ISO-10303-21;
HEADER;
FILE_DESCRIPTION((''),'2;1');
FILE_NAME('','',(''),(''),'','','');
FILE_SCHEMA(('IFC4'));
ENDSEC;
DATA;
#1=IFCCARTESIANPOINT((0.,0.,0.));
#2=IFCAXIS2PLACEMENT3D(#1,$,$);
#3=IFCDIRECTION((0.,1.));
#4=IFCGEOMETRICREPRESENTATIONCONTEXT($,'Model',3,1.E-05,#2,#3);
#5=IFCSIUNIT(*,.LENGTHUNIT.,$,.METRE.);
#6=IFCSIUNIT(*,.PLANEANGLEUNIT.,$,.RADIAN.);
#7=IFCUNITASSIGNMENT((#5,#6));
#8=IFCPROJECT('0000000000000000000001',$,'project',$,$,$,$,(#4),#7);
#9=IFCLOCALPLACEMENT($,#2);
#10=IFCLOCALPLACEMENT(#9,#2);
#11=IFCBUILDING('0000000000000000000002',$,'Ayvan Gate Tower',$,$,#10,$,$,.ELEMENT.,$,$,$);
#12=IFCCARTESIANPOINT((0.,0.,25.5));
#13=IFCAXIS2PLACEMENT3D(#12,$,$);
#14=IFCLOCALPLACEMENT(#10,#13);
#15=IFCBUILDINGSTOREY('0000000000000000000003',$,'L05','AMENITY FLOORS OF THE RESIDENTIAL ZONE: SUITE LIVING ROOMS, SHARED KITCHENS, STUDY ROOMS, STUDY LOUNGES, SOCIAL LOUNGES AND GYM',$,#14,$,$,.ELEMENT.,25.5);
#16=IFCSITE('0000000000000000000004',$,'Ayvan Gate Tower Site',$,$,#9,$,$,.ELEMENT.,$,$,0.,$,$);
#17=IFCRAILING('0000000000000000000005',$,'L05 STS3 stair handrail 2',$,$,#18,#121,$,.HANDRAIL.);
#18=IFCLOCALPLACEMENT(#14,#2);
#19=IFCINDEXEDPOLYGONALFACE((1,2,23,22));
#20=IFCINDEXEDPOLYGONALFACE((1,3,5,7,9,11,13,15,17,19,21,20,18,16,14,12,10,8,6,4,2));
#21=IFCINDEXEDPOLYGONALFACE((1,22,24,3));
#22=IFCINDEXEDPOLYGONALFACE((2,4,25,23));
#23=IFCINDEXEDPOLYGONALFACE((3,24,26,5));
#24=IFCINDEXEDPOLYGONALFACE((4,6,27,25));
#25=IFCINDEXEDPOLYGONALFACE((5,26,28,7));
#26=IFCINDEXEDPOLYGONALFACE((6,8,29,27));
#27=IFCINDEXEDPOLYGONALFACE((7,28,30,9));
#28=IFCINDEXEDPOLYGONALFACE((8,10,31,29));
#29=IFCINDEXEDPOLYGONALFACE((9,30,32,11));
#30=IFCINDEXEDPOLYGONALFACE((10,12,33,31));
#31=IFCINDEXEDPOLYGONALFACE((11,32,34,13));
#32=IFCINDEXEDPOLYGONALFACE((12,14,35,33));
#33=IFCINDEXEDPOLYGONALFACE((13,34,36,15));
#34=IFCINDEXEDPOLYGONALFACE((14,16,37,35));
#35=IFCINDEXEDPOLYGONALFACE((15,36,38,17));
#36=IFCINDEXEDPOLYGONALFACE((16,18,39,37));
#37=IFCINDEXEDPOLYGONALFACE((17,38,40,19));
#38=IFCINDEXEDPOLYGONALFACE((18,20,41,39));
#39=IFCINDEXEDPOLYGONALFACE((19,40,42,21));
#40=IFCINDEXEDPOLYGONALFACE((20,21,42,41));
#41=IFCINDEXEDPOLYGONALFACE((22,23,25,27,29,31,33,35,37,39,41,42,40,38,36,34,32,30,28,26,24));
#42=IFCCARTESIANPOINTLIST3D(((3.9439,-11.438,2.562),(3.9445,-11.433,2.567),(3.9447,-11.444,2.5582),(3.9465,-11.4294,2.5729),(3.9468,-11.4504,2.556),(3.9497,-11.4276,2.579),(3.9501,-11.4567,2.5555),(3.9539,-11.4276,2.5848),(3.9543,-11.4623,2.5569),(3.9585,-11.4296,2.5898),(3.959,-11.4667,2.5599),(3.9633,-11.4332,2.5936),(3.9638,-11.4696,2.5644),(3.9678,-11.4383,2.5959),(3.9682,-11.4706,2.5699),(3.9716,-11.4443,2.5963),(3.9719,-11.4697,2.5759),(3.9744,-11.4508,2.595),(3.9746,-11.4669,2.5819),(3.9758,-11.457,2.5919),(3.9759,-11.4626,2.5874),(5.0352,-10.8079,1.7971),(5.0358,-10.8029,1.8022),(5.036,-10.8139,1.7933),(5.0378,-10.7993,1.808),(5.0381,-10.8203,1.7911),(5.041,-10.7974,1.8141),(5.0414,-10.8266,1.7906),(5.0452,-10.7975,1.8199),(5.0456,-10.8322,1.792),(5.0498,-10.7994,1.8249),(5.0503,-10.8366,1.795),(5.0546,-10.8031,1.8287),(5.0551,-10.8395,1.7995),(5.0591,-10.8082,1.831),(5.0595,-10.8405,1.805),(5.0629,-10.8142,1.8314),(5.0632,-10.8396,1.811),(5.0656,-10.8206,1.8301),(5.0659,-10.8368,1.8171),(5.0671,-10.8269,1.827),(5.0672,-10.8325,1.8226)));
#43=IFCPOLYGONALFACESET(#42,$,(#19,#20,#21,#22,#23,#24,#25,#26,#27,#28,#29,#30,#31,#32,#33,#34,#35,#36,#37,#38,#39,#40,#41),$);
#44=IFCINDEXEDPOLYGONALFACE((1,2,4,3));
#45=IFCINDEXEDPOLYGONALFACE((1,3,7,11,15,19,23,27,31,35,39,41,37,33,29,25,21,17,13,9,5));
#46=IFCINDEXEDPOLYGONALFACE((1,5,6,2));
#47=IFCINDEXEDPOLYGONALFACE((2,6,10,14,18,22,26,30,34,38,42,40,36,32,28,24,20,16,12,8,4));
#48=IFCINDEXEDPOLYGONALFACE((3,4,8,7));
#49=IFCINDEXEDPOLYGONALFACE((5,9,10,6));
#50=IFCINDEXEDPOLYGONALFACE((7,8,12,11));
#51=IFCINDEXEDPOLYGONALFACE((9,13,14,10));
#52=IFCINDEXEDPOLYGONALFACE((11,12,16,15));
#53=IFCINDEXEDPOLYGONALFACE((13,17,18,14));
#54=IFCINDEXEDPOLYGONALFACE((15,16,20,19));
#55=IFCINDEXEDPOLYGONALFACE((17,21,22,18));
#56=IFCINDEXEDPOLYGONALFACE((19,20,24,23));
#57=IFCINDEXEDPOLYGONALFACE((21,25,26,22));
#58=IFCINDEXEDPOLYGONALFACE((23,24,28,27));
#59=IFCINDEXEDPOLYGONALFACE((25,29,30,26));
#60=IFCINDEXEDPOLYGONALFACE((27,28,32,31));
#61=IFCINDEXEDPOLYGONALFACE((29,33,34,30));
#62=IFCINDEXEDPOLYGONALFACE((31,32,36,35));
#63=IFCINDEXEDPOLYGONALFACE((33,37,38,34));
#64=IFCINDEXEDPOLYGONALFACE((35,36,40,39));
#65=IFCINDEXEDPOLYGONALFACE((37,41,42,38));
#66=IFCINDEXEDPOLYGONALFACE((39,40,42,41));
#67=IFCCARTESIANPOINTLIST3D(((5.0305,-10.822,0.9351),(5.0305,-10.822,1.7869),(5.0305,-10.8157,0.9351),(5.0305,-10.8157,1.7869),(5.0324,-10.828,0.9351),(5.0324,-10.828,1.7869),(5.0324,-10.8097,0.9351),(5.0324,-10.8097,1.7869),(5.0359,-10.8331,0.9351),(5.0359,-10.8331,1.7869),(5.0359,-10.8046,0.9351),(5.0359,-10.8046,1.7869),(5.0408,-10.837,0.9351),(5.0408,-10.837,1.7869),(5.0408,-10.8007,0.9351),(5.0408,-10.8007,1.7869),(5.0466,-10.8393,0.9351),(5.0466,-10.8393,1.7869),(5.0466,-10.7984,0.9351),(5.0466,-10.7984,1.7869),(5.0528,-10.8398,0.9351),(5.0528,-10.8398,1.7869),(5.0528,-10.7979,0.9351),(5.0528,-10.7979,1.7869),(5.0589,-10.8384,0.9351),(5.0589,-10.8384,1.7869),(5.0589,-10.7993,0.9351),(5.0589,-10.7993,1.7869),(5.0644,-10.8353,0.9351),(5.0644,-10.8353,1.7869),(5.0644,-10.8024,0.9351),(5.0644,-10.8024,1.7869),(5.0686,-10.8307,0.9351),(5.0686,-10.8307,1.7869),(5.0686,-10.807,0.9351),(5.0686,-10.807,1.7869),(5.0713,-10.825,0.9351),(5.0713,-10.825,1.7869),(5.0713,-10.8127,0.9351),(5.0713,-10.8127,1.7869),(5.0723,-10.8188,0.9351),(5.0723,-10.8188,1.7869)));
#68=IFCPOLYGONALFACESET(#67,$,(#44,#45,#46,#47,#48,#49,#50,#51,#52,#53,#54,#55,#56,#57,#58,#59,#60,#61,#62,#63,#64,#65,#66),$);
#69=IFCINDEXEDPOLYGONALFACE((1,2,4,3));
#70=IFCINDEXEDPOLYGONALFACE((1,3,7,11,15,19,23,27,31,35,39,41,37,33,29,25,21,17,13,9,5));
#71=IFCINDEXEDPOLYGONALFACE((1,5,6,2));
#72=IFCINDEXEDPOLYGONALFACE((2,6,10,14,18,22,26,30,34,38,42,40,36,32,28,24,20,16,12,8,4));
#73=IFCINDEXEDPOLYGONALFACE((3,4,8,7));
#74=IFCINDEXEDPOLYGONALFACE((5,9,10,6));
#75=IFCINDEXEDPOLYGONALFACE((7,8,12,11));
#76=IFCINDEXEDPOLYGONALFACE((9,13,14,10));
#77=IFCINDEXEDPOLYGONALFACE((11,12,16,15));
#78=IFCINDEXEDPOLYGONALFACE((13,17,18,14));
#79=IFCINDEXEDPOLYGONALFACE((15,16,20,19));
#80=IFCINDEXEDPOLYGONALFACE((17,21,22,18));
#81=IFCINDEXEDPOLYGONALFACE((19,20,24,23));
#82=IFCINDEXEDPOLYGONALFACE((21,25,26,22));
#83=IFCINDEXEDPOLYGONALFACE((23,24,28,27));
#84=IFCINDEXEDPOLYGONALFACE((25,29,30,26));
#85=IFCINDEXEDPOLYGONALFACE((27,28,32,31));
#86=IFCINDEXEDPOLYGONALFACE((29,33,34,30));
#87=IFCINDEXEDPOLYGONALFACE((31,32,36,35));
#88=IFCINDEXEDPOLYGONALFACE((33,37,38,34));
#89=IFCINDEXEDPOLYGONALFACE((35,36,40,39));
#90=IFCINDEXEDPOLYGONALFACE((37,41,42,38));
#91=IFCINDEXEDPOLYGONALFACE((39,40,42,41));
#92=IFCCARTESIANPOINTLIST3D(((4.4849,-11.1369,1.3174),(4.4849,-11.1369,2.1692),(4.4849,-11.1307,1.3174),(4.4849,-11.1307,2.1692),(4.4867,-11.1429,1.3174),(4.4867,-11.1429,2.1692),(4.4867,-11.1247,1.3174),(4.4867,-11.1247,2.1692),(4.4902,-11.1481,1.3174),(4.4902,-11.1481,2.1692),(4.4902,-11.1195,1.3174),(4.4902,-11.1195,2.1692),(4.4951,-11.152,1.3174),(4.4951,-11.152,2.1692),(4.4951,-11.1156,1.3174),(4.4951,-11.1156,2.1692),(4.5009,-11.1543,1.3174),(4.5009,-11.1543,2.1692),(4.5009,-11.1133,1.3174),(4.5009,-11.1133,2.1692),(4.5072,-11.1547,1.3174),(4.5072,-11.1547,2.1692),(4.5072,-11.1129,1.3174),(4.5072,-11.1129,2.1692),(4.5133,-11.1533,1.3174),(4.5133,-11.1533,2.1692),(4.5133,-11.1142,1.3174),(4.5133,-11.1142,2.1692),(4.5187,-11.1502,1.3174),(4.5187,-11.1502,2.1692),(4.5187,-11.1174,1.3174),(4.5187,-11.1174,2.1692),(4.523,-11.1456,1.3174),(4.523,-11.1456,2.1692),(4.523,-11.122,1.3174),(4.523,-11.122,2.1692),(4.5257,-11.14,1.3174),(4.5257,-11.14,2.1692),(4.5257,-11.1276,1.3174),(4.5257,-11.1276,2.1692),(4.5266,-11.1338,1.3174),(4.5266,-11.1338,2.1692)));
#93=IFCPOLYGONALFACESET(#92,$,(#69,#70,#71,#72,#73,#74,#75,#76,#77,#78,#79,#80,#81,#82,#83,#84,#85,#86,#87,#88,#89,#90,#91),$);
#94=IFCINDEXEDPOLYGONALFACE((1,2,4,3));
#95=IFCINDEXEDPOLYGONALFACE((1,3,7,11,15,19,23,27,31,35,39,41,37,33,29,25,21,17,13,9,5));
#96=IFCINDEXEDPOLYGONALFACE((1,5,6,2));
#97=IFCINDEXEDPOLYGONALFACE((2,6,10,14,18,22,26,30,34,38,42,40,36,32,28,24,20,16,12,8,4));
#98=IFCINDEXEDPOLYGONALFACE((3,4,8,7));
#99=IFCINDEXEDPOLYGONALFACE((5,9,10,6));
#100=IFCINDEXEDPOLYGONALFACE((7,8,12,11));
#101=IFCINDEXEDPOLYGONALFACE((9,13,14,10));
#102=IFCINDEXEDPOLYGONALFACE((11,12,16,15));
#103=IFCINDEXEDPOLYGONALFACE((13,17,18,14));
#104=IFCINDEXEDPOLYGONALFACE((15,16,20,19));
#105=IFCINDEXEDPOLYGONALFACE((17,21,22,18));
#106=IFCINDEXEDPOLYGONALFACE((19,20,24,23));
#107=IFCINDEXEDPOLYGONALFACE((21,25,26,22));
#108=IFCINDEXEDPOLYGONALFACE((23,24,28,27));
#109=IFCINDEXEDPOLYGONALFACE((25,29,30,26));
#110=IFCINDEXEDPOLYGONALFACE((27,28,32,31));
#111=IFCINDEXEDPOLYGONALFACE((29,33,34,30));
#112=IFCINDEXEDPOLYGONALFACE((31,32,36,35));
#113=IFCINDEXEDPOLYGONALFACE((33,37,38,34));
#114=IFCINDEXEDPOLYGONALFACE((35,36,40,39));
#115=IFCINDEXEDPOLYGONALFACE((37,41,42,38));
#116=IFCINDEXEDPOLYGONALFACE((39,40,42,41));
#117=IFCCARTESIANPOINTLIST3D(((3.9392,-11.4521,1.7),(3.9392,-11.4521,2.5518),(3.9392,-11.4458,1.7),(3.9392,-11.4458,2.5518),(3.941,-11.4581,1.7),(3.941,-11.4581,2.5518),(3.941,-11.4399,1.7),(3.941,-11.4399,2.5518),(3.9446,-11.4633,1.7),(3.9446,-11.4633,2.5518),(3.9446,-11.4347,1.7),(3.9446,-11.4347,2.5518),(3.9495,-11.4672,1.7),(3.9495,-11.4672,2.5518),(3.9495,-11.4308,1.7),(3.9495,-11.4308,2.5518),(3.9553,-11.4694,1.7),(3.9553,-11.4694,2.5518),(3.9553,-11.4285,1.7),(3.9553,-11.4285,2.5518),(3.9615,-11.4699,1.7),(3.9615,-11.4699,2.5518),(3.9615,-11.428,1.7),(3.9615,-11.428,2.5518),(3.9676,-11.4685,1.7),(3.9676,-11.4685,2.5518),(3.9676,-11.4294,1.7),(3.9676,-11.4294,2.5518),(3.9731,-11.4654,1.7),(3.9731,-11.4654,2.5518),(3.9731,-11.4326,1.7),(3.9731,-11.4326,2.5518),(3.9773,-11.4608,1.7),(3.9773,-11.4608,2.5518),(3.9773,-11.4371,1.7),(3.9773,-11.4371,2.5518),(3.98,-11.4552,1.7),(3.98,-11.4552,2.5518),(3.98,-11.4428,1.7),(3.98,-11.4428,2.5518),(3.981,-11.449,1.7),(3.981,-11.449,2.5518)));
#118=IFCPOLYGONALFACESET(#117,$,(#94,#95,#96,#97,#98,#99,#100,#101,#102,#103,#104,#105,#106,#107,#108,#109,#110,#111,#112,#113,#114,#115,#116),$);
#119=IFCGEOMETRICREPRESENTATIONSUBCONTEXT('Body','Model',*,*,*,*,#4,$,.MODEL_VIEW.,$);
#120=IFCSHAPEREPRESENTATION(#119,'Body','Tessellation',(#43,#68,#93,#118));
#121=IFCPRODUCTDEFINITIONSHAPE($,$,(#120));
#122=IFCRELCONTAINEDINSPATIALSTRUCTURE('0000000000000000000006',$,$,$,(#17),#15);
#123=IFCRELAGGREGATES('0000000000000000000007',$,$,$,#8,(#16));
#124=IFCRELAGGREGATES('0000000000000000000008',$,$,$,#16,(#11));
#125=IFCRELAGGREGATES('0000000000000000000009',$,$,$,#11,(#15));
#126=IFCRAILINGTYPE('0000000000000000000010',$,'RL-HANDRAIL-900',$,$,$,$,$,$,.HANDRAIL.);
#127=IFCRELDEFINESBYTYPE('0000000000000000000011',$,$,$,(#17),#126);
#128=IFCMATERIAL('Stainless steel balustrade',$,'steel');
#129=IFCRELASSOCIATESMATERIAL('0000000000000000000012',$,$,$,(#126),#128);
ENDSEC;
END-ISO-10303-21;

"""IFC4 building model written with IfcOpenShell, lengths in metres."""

from ifc_helpers import new_model, si_unit, direction, frame, origin, origin_2d, place, context, subcontext, project, spatial, circle, extrude, material, type_object, element, save


model = new_model("IFC4")

# Units and contexts
model_context = context("Model", 3, precision=1e-05, world=origin(), true_north=direction((0.0, 1.0)))
body_context = subcontext(model_context, "Body", "Model", "MODEL_VIEW")
ifc_project = project(units=[si_unit("LENGTHUNIT", "METRE"), si_unit("PLANEANGLEUNIT", "RADIAN")], contexts=[model_context])

# Site, building, storey
site_placement = place(None, origin())
site = spatial("IfcSite", under=ifc_project, at=site_placement, Name="Ayvan Gate Tower Site", CompositionType="ELEMENT", RefElevation=0.0)
building_placement = place(site_placement, origin())
building = spatial("IfcBuilding", under=site, at=building_placement, Name="Ayvan Gate Tower", CompositionType="ELEMENT")
storey_placement = place(building_placement, frame((0.0, 0.0, 25.5)))
storey = spatial("IfcBuildingStorey", under=building, at=storey_placement, Name="L05", Description="AMENITY FLOORS OF THE RESIDENTIAL ZONE: SUITE LIVING ROOMS, SHARED KITCHENS, STUDY ROOMS, STUDY LOUNGES, SOCIAL LOUNGES AND GYM", CompositionType="ELEMENT", Elevation=25.5)

# Railing
ifc_material_1 = material(Name="Stainless steel balustrade", Category="steel")
railing_type_1 = type_object("IfcRailingType", Name="RL-HANDRAIL-900", PredefinedType="HANDRAIL", material=ifc_material_1)
railing_1_placement = place(storey_placement, frame((5.0513, -10.8188, 0.9351)))
element("IfcRailing", 1, at=railing_1_placement, inside=storey, type_object=railing_type_1, Name="L05 STS3 stair handrail 2", PredefinedType="HANDRAIL", context=body_context, shape_type="SweptSolid", body=[
    extrude(circle(Radius=0.0239, at=origin_2d()), frame((0.0, 0.0, 0.876), z_axis=(-0.740304, -0.427455, 0.518875), x_axis=(0.500035, -0.866005, 0.0)), (0.0, 0.0, 1.0), 1.4741),
    extrude(circle(Radius=0.021, at=origin_2d()), origin(), (0.0, 0.0, 1.0), 0.8518),
    extrude(circle(Radius=0.021, at=origin_2d()), frame((-0.5457, -0.3149, 0.3823)), (0.0, 0.0, 1.0), 0.8518),
    extrude(circle(Radius=0.021, at=origin_2d()), frame((-1.0913, -0.6301, 0.7649)), (0.0, 0.0, 1.0), 0.8518),
])

save(model, "model.ifc")
